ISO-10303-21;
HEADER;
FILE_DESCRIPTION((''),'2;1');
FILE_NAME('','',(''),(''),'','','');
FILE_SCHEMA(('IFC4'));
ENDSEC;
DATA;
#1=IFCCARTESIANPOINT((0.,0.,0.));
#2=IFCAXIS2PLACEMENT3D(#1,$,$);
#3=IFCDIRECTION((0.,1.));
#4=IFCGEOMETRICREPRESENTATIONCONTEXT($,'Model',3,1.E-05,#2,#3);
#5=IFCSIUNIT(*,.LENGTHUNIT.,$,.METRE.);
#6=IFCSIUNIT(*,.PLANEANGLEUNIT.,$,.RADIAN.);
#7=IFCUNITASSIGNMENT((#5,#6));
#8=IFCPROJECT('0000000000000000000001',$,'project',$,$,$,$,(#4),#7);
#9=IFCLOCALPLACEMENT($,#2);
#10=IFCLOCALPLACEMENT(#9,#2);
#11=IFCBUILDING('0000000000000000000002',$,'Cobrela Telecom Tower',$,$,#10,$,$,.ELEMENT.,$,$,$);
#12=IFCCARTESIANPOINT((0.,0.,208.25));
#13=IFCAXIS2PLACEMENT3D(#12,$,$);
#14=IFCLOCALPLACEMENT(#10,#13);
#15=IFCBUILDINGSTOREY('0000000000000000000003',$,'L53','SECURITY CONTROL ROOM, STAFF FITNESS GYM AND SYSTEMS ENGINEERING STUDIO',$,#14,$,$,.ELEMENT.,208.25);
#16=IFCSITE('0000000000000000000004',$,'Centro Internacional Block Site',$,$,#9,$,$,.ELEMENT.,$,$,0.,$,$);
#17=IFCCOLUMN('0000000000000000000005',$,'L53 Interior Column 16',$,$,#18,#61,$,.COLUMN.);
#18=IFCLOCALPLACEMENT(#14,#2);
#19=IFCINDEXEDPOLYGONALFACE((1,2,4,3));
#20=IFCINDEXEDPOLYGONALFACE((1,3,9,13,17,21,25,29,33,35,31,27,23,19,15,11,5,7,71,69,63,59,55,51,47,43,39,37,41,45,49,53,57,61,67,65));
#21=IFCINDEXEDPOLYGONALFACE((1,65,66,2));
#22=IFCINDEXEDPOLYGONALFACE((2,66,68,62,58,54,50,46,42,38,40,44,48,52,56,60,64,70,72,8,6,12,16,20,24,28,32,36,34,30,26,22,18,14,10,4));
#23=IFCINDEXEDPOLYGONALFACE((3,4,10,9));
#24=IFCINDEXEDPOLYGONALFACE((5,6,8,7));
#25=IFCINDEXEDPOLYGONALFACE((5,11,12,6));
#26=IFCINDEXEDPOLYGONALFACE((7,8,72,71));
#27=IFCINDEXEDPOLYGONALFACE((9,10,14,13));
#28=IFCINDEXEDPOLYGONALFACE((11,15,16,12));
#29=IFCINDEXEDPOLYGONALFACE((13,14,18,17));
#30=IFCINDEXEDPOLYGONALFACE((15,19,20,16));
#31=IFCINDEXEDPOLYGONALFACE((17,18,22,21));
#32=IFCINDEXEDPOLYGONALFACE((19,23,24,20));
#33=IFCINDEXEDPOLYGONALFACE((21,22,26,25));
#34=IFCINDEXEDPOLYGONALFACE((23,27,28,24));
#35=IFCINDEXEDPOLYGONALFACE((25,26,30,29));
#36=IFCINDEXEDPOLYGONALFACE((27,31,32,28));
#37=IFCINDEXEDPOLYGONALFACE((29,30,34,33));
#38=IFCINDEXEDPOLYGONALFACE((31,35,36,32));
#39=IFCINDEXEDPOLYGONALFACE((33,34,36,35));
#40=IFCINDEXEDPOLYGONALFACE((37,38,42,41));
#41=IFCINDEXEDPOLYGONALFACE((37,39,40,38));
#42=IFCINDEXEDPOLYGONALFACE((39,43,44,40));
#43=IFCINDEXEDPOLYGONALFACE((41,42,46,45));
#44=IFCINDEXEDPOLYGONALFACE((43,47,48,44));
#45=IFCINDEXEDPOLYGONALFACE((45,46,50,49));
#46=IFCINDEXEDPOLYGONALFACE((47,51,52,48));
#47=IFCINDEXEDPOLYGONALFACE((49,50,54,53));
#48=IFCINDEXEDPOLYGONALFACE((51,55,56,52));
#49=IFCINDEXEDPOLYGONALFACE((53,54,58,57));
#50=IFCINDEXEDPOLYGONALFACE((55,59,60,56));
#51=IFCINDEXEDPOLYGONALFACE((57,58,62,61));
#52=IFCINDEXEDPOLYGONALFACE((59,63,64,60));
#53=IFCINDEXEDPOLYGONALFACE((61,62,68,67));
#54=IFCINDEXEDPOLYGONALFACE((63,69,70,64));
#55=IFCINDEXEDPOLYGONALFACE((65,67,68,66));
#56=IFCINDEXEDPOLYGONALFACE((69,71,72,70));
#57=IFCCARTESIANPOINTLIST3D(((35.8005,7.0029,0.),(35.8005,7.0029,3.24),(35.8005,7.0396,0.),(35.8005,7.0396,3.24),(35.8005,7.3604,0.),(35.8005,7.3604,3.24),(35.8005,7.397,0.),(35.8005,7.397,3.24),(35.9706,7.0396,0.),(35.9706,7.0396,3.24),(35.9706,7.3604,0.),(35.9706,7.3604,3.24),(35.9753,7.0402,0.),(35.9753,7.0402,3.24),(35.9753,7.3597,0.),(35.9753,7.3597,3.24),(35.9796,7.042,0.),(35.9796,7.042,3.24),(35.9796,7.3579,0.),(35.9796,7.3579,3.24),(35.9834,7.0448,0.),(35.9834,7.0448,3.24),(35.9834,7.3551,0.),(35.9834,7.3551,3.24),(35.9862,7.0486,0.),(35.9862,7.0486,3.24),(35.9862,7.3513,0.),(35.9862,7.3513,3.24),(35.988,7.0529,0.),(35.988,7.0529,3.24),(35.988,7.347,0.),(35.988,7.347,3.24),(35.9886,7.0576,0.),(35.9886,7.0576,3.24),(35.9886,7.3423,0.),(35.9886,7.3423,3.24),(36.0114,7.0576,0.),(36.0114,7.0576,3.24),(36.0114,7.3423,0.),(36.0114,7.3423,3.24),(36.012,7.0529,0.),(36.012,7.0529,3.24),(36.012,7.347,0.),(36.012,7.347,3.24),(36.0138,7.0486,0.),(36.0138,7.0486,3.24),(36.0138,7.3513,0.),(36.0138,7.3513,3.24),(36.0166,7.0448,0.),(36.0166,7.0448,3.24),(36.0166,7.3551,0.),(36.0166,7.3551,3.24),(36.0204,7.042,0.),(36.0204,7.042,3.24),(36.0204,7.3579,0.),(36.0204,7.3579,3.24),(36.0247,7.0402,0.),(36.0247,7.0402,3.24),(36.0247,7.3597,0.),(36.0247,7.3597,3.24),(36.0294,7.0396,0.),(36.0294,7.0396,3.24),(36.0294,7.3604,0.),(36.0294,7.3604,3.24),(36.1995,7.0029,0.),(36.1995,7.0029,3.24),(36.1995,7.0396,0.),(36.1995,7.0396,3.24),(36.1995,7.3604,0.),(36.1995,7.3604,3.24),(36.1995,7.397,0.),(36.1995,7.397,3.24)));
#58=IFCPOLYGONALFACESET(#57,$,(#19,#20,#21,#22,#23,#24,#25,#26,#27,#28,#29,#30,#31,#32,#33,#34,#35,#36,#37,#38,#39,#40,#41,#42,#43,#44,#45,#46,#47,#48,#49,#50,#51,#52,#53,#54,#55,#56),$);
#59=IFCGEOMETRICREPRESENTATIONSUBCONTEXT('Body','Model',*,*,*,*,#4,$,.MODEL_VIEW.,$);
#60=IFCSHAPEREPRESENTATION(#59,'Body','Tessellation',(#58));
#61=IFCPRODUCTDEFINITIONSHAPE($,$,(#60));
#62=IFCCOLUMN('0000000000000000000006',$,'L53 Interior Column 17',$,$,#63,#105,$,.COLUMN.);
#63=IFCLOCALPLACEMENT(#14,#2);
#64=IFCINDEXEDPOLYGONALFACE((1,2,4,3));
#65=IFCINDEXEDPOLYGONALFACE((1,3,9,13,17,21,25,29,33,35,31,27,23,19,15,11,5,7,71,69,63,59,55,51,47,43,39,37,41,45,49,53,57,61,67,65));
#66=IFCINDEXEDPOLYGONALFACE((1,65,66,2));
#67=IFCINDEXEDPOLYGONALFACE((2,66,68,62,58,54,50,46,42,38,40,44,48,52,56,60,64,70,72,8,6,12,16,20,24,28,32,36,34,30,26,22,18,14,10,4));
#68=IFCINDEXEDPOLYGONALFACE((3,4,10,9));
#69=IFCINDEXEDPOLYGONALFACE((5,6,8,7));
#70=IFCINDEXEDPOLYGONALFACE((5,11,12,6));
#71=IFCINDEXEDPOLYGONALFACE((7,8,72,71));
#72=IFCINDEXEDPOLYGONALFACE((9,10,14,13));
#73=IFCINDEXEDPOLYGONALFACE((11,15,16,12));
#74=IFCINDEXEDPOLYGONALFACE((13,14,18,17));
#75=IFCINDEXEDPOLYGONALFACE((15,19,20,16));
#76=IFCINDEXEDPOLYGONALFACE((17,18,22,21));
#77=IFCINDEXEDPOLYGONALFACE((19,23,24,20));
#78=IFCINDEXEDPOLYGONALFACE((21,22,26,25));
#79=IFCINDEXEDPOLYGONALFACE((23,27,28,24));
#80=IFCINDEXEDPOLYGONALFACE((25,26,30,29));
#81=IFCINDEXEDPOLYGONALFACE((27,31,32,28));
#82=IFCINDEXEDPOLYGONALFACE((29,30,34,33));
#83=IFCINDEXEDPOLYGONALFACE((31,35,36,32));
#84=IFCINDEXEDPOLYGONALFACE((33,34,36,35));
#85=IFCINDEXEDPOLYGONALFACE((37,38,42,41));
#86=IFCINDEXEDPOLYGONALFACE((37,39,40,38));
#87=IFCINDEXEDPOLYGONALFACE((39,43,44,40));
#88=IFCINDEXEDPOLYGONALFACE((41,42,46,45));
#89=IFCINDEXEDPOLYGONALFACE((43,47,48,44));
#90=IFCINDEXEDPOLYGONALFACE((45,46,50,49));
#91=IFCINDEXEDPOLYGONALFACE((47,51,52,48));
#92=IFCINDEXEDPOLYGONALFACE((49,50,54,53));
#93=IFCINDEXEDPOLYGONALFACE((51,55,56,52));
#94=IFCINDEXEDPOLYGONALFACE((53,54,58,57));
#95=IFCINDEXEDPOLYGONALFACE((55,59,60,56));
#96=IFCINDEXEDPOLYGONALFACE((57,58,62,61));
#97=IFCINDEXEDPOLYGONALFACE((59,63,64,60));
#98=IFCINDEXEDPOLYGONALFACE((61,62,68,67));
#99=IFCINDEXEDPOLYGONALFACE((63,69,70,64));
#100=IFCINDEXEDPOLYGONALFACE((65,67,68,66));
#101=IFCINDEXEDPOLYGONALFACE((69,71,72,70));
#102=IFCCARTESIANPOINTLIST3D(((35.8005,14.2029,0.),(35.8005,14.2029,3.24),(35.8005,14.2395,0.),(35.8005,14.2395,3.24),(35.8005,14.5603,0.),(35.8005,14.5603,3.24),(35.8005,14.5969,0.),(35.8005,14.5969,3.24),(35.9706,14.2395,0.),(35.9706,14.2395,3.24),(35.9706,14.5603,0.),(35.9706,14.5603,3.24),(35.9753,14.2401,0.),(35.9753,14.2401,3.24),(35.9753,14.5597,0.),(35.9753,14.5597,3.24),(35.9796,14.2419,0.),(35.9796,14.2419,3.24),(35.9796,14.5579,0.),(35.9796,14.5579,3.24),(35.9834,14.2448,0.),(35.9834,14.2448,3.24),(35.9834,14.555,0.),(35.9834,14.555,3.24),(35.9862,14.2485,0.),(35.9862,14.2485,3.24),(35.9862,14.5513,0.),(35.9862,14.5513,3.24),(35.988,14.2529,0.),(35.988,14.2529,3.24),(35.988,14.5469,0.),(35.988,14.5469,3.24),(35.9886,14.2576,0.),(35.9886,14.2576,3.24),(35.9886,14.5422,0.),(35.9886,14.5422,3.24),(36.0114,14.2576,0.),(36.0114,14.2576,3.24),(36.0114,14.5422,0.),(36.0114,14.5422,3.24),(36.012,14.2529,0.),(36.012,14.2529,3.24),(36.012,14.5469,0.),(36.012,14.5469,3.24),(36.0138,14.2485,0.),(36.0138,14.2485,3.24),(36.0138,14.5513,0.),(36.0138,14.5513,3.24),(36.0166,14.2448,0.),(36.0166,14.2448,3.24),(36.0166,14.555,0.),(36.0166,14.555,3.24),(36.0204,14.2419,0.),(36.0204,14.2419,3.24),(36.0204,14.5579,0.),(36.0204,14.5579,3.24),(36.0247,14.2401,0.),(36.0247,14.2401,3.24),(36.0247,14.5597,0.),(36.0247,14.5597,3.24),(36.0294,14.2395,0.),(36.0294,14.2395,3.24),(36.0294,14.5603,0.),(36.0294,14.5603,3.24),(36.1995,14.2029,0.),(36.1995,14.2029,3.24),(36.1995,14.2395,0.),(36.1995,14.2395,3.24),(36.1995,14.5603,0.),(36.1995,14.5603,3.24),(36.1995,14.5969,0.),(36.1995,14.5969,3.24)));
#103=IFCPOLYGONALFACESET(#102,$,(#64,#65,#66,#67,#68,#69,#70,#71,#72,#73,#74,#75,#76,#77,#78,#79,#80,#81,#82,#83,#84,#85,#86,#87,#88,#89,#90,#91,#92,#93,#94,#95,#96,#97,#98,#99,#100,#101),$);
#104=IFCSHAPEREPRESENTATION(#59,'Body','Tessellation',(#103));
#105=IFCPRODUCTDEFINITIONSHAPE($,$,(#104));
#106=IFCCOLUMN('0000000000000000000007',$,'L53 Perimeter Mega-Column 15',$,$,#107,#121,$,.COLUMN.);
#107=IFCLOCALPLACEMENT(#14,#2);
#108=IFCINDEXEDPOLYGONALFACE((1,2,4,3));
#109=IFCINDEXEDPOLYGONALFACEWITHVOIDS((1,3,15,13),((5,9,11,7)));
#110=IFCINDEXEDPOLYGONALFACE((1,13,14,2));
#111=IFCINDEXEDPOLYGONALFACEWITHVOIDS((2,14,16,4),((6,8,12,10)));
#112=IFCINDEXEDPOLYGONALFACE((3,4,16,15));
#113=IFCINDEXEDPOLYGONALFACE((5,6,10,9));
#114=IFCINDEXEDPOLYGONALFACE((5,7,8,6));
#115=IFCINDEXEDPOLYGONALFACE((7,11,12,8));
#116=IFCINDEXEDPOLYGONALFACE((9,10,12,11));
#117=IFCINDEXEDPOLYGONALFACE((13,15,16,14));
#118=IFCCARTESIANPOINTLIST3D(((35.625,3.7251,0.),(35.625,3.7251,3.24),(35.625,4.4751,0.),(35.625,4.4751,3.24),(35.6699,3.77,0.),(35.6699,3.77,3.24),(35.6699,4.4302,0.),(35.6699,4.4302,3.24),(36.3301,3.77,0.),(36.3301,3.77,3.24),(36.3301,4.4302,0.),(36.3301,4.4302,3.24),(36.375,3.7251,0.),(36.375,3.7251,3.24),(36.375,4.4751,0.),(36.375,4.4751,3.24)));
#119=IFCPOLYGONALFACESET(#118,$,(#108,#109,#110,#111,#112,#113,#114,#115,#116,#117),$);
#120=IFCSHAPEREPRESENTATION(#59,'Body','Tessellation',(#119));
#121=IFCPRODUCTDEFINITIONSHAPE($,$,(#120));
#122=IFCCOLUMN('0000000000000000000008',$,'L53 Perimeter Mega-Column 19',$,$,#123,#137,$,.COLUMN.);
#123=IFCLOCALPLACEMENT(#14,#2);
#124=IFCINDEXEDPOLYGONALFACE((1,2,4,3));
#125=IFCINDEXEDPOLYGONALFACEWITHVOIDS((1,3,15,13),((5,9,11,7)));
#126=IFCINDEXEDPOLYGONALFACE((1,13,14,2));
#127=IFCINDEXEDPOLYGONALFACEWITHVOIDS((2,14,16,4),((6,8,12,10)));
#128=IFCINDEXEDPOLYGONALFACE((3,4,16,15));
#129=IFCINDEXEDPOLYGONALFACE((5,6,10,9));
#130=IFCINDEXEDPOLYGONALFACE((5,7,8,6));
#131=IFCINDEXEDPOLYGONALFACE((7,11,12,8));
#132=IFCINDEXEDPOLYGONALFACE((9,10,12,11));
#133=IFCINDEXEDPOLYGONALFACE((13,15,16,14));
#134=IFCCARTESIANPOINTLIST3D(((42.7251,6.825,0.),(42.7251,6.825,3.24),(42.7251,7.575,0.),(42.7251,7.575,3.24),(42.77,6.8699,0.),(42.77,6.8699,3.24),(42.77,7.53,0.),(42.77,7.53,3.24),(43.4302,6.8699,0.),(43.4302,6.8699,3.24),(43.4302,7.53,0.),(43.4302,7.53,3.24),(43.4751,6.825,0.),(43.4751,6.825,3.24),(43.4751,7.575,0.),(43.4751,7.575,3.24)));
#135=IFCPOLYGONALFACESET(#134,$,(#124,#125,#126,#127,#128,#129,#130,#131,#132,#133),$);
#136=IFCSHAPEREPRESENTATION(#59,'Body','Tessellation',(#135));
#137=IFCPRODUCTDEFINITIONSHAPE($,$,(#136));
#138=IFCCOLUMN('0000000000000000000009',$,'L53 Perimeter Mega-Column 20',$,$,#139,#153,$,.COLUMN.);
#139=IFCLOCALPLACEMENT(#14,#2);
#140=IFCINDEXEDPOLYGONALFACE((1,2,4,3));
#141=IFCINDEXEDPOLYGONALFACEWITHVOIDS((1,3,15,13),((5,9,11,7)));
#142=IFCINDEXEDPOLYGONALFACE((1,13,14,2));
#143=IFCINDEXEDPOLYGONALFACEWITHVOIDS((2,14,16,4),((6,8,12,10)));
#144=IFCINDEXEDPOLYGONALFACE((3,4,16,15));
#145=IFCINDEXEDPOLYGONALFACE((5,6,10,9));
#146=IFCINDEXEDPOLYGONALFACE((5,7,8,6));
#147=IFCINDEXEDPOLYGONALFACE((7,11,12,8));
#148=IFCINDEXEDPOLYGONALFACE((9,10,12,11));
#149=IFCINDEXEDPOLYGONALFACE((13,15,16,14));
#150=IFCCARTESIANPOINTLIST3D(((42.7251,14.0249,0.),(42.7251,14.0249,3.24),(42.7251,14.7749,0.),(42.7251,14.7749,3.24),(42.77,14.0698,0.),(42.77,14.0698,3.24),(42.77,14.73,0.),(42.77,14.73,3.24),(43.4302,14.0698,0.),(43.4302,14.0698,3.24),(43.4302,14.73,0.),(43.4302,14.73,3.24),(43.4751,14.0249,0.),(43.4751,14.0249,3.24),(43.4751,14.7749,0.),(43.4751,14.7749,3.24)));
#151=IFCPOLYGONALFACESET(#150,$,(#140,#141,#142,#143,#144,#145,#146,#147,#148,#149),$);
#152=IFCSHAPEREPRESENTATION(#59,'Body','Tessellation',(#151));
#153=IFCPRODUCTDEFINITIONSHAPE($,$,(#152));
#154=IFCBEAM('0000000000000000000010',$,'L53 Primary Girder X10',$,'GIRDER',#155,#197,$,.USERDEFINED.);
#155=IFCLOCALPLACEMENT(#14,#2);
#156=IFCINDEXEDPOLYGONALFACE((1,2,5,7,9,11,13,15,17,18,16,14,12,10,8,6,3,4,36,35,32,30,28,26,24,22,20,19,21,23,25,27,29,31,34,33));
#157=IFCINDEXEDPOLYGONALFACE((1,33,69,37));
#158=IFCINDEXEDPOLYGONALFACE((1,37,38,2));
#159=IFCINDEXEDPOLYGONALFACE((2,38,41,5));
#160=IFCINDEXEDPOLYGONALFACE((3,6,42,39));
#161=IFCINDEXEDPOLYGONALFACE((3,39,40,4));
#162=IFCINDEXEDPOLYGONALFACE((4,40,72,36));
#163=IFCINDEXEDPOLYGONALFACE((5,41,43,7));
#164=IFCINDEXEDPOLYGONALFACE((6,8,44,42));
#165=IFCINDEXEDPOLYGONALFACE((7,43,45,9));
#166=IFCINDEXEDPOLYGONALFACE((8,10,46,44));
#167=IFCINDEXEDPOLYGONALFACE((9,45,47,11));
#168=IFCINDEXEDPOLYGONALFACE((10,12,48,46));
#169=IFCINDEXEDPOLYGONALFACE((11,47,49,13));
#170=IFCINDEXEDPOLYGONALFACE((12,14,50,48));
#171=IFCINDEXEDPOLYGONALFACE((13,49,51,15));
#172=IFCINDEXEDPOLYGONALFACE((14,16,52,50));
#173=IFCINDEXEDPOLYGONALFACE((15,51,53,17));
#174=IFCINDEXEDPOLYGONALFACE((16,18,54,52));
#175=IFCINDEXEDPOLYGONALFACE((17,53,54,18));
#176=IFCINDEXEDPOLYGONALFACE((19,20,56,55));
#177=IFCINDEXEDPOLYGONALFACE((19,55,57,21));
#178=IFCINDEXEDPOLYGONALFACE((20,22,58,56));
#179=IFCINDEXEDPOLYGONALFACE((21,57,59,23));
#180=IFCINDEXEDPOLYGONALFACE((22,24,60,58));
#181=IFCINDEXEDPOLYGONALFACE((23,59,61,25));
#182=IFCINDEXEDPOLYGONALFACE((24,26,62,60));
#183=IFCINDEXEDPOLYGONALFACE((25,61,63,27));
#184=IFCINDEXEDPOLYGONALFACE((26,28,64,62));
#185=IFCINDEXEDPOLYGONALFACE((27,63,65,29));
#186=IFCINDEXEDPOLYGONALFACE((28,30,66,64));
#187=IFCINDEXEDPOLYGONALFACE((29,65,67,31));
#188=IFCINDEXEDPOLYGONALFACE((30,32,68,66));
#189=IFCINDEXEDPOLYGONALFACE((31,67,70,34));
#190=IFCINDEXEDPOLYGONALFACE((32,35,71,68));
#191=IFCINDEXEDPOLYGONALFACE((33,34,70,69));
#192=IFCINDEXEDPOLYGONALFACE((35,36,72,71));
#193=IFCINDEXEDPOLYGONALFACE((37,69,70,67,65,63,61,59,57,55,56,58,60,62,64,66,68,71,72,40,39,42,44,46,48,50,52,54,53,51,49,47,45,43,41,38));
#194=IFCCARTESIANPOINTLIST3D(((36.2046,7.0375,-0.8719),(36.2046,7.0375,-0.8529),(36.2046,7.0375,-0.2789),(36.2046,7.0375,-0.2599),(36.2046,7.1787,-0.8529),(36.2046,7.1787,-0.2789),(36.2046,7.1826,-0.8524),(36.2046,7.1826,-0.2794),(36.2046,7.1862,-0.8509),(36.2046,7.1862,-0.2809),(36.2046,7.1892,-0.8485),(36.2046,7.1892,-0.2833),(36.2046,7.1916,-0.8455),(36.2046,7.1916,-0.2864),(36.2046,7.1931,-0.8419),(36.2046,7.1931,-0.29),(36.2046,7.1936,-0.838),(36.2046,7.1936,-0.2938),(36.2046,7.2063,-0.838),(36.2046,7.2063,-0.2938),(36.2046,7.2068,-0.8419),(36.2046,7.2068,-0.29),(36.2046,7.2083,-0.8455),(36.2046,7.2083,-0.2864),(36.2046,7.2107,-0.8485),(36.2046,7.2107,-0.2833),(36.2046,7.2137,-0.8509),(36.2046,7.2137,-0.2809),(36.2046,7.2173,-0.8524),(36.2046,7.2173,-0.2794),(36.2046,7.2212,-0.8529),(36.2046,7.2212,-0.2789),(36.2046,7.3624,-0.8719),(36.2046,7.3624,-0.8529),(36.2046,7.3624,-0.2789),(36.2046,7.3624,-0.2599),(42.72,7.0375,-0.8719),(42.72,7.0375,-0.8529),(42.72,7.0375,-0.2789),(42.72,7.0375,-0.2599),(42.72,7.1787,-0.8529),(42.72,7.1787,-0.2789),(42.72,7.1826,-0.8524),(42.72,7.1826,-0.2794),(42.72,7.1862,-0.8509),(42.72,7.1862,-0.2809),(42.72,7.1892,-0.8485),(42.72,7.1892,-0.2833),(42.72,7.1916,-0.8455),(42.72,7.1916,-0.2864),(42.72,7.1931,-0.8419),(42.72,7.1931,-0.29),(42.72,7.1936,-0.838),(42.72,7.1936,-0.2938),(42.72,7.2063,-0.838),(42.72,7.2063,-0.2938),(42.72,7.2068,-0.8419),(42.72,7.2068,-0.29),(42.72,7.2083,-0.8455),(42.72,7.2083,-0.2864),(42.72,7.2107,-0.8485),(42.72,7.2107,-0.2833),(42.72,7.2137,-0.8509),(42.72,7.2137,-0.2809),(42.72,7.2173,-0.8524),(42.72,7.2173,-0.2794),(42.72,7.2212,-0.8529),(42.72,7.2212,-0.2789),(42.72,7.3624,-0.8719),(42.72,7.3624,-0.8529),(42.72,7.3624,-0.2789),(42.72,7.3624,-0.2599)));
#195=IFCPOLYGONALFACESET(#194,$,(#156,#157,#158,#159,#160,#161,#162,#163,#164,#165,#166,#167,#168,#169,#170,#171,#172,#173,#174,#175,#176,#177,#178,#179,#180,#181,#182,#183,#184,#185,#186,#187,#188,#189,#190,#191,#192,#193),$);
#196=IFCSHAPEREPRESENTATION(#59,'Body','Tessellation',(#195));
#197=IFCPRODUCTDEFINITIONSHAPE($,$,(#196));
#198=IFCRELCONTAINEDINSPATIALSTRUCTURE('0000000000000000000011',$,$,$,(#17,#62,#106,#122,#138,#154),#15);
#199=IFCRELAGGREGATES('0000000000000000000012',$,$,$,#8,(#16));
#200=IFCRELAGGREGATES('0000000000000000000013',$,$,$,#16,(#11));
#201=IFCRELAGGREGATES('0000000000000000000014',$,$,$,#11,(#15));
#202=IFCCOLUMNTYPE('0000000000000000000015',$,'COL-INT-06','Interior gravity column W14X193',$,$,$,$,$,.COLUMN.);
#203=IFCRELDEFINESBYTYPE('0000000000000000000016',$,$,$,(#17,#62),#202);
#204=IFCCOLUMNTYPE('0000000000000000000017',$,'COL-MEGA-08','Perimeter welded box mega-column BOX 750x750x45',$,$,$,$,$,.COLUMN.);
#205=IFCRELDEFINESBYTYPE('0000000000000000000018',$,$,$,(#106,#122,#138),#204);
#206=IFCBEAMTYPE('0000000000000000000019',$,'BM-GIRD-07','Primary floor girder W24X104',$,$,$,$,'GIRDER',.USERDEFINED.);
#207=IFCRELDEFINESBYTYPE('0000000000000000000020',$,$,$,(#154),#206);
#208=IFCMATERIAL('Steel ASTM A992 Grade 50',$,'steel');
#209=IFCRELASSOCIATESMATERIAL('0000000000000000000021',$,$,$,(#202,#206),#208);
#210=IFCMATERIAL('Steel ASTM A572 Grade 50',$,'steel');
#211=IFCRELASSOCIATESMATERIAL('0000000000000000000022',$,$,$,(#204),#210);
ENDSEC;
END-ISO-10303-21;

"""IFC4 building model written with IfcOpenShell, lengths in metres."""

from ifc_helpers import new_model, si_unit, direction, frame, origin, origin_2d, place, context, subcontext, project, spatial, hollow_rectangle, i_section, extrude, material, material_profile, profile_set, type_object, element, save


model = new_model("IFC4")

# Units and contexts
model_context = context("Model", 3, precision=1e-05, world=origin(), true_north=direction((0.0, 1.0)))
body_context = subcontext(model_context, "Body", "Model", "MODEL_VIEW")
ifc_project = project(units=[si_unit("LENGTHUNIT", "METRE"), si_unit("PLANEANGLEUNIT", "RADIAN")], contexts=[model_context])

# Site, building, storey
site_placement = place(None, origin())
site = spatial("IfcSite", under=ifc_project, at=site_placement, Name="Centro Internacional Block Site", CompositionType="ELEMENT", RefElevation=0.0)
building_placement = place(site_placement, origin())
building = spatial("IfcBuilding", under=site, at=building_placement, Name="Cobrela Telecom Tower", CompositionType="ELEMENT")
storey_placement = place(building_placement, frame((0.0, 0.0, 208.25)))
storey = spatial("IfcBuildingStorey", under=building, at=storey_placement, Name="L53", Description="SECURITY CONTROL ROOM, STAFF FITNESS GYM AND SYSTEMS ENGINEERING STUDIO", CompositionType="ELEMENT", Elevation=208.25)

# Columns
ifc_material_1 = material(Name="Steel ASTM A992 Grade 50", Category="steel")
ifc_material_profile_1 = material_profile(ifc_material_1, i_section(OverallWidth=0.3989, OverallDepth=0.394, WebThickness=0.0227, FlangeThickness=0.0366, FilletRadius=0.0181, at=origin_2d()), Name="W14X193")
ifc_profile_set_1 = profile_set([ifc_material_profile_1], Name="Steel ASTM A992 Grade 50")
column_type_1 = type_object("IfcColumnType", Name="COL-INT-06", Description="Interior gravity column W14X193", PredefinedType="COLUMN", material=ifc_profile_set_1)
for number, where, z_axis, x_axis, name in (
    (1, (36.0, 7.2, 0.0), (0.0, 0.0, 1.0), (1.0, 0.0, 0.0), "L53 Interior Column 16"),
    (2, (36.0, 14.3999, 0.0), (0.0, 0.0, 1.0), (1.0, 0.0, 0.0), "L53 Interior Column 17"),
):
    element("IfcColumn", number, at=place(storey_placement, frame(where, z_axis=z_axis, x_axis=x_axis)), inside=storey, type_object=column_type_1, Name=name, PredefinedType="COLUMN", context=body_context, shape_type="SweptSolid", body=[
        extrude(i_section(OverallWidth=0.3989, OverallDepth=0.394, WebThickness=0.0227, FlangeThickness=0.0366, FilletRadius=0.0181, at=origin_2d()), origin(), (0.0, 0.0, 1.0), 3.24),
    ])
ifc_material_2 = material(Name="Steel ASTM A572 Grade 50", Category="steel")
ifc_material_profile_2 = material_profile(ifc_material_2, hollow_rectangle(XDim=0.75, YDim=0.75, WallThickness=0.0449, at=origin_2d()), Name="BOX 750x750x45")
ifc_profile_set_2 = profile_set([ifc_material_profile_2], Name="Steel ASTM A572 Grade 50")
column_type_2 = type_object("IfcColumnType", Name="COL-MEGA-08", Description="Perimeter welded box mega-column BOX 750x750x45", PredefinedType="COLUMN", material=ifc_profile_set_2)
for number, where, z_axis, x_axis, name in (
    (3, (36.0, 4.1001, 0.0), (0.0, 0.0, 1.0), (1.0, 0.0, 0.0), "L53 Perimeter Mega-Column 15"),
    (4, (43.1001, 7.2, 0.0), (0.0, 0.0, 1.0), (1.0, 0.0, 0.0), "L53 Perimeter Mega-Column 19"),
    (5, (43.1001, 14.3999, 0.0), (0.0, 0.0, 1.0), (1.0, 0.0, 0.0), "L53 Perimeter Mega-Column 20"),
):
    element("IfcColumn", number, at=place(storey_placement, frame(where, z_axis=z_axis, x_axis=x_axis)), inside=storey, type_object=column_type_2, Name=name, PredefinedType="COLUMN", context=body_context, shape_type="SweptSolid", body=[
        extrude(hollow_rectangle(XDim=0.75, YDim=0.75, WallThickness=0.0449, at=origin_2d()), origin(), (0.0, 0.0, 1.0), 3.24),
    ])

# Beam
ifc_material_profile_3 = material_profile(ifc_material_1, i_section(OverallWidth=0.325, OverallDepth=0.6121, WebThickness=0.0127, FlangeThickness=0.019, FilletRadius=0.0149, at=origin_2d()), Name="W24X104")
ifc_profile_set_3 = profile_set([ifc_material_profile_3], Name="Steel ASTM A992 Grade 50")
beam_type_1 = type_object("IfcBeamType", Name="BM-GIRD-07", Description="Primary floor girder W24X104", ElementType="GIRDER", PredefinedType="USERDEFINED", material=ifc_profile_set_3)
for number, where, z_axis, x_axis, name in (
    (6, (36.2046, 7.2, -0.5659), (1.0, 0.0, 0.0), (0.0, 1.0, 0.0), "L53 Primary Girder X10"),
):
    element("IfcBeam", number, at=place(storey_placement, frame(where, z_axis=z_axis, x_axis=x_axis)), inside=storey, type_object=beam_type_1, Name=name, ObjectType="GIRDER", PredefinedType="USERDEFINED", context=body_context, shape_type="SweptSolid", body=[
        extrude(i_section(OverallWidth=0.325, OverallDepth=0.6121, WebThickness=0.0127, FlangeThickness=0.019, FilletRadius=0.0149, at=origin_2d()), origin(), (0.0, 0.0, 1.0), 6.5154),
    ])

save(model, "model.ifc")
